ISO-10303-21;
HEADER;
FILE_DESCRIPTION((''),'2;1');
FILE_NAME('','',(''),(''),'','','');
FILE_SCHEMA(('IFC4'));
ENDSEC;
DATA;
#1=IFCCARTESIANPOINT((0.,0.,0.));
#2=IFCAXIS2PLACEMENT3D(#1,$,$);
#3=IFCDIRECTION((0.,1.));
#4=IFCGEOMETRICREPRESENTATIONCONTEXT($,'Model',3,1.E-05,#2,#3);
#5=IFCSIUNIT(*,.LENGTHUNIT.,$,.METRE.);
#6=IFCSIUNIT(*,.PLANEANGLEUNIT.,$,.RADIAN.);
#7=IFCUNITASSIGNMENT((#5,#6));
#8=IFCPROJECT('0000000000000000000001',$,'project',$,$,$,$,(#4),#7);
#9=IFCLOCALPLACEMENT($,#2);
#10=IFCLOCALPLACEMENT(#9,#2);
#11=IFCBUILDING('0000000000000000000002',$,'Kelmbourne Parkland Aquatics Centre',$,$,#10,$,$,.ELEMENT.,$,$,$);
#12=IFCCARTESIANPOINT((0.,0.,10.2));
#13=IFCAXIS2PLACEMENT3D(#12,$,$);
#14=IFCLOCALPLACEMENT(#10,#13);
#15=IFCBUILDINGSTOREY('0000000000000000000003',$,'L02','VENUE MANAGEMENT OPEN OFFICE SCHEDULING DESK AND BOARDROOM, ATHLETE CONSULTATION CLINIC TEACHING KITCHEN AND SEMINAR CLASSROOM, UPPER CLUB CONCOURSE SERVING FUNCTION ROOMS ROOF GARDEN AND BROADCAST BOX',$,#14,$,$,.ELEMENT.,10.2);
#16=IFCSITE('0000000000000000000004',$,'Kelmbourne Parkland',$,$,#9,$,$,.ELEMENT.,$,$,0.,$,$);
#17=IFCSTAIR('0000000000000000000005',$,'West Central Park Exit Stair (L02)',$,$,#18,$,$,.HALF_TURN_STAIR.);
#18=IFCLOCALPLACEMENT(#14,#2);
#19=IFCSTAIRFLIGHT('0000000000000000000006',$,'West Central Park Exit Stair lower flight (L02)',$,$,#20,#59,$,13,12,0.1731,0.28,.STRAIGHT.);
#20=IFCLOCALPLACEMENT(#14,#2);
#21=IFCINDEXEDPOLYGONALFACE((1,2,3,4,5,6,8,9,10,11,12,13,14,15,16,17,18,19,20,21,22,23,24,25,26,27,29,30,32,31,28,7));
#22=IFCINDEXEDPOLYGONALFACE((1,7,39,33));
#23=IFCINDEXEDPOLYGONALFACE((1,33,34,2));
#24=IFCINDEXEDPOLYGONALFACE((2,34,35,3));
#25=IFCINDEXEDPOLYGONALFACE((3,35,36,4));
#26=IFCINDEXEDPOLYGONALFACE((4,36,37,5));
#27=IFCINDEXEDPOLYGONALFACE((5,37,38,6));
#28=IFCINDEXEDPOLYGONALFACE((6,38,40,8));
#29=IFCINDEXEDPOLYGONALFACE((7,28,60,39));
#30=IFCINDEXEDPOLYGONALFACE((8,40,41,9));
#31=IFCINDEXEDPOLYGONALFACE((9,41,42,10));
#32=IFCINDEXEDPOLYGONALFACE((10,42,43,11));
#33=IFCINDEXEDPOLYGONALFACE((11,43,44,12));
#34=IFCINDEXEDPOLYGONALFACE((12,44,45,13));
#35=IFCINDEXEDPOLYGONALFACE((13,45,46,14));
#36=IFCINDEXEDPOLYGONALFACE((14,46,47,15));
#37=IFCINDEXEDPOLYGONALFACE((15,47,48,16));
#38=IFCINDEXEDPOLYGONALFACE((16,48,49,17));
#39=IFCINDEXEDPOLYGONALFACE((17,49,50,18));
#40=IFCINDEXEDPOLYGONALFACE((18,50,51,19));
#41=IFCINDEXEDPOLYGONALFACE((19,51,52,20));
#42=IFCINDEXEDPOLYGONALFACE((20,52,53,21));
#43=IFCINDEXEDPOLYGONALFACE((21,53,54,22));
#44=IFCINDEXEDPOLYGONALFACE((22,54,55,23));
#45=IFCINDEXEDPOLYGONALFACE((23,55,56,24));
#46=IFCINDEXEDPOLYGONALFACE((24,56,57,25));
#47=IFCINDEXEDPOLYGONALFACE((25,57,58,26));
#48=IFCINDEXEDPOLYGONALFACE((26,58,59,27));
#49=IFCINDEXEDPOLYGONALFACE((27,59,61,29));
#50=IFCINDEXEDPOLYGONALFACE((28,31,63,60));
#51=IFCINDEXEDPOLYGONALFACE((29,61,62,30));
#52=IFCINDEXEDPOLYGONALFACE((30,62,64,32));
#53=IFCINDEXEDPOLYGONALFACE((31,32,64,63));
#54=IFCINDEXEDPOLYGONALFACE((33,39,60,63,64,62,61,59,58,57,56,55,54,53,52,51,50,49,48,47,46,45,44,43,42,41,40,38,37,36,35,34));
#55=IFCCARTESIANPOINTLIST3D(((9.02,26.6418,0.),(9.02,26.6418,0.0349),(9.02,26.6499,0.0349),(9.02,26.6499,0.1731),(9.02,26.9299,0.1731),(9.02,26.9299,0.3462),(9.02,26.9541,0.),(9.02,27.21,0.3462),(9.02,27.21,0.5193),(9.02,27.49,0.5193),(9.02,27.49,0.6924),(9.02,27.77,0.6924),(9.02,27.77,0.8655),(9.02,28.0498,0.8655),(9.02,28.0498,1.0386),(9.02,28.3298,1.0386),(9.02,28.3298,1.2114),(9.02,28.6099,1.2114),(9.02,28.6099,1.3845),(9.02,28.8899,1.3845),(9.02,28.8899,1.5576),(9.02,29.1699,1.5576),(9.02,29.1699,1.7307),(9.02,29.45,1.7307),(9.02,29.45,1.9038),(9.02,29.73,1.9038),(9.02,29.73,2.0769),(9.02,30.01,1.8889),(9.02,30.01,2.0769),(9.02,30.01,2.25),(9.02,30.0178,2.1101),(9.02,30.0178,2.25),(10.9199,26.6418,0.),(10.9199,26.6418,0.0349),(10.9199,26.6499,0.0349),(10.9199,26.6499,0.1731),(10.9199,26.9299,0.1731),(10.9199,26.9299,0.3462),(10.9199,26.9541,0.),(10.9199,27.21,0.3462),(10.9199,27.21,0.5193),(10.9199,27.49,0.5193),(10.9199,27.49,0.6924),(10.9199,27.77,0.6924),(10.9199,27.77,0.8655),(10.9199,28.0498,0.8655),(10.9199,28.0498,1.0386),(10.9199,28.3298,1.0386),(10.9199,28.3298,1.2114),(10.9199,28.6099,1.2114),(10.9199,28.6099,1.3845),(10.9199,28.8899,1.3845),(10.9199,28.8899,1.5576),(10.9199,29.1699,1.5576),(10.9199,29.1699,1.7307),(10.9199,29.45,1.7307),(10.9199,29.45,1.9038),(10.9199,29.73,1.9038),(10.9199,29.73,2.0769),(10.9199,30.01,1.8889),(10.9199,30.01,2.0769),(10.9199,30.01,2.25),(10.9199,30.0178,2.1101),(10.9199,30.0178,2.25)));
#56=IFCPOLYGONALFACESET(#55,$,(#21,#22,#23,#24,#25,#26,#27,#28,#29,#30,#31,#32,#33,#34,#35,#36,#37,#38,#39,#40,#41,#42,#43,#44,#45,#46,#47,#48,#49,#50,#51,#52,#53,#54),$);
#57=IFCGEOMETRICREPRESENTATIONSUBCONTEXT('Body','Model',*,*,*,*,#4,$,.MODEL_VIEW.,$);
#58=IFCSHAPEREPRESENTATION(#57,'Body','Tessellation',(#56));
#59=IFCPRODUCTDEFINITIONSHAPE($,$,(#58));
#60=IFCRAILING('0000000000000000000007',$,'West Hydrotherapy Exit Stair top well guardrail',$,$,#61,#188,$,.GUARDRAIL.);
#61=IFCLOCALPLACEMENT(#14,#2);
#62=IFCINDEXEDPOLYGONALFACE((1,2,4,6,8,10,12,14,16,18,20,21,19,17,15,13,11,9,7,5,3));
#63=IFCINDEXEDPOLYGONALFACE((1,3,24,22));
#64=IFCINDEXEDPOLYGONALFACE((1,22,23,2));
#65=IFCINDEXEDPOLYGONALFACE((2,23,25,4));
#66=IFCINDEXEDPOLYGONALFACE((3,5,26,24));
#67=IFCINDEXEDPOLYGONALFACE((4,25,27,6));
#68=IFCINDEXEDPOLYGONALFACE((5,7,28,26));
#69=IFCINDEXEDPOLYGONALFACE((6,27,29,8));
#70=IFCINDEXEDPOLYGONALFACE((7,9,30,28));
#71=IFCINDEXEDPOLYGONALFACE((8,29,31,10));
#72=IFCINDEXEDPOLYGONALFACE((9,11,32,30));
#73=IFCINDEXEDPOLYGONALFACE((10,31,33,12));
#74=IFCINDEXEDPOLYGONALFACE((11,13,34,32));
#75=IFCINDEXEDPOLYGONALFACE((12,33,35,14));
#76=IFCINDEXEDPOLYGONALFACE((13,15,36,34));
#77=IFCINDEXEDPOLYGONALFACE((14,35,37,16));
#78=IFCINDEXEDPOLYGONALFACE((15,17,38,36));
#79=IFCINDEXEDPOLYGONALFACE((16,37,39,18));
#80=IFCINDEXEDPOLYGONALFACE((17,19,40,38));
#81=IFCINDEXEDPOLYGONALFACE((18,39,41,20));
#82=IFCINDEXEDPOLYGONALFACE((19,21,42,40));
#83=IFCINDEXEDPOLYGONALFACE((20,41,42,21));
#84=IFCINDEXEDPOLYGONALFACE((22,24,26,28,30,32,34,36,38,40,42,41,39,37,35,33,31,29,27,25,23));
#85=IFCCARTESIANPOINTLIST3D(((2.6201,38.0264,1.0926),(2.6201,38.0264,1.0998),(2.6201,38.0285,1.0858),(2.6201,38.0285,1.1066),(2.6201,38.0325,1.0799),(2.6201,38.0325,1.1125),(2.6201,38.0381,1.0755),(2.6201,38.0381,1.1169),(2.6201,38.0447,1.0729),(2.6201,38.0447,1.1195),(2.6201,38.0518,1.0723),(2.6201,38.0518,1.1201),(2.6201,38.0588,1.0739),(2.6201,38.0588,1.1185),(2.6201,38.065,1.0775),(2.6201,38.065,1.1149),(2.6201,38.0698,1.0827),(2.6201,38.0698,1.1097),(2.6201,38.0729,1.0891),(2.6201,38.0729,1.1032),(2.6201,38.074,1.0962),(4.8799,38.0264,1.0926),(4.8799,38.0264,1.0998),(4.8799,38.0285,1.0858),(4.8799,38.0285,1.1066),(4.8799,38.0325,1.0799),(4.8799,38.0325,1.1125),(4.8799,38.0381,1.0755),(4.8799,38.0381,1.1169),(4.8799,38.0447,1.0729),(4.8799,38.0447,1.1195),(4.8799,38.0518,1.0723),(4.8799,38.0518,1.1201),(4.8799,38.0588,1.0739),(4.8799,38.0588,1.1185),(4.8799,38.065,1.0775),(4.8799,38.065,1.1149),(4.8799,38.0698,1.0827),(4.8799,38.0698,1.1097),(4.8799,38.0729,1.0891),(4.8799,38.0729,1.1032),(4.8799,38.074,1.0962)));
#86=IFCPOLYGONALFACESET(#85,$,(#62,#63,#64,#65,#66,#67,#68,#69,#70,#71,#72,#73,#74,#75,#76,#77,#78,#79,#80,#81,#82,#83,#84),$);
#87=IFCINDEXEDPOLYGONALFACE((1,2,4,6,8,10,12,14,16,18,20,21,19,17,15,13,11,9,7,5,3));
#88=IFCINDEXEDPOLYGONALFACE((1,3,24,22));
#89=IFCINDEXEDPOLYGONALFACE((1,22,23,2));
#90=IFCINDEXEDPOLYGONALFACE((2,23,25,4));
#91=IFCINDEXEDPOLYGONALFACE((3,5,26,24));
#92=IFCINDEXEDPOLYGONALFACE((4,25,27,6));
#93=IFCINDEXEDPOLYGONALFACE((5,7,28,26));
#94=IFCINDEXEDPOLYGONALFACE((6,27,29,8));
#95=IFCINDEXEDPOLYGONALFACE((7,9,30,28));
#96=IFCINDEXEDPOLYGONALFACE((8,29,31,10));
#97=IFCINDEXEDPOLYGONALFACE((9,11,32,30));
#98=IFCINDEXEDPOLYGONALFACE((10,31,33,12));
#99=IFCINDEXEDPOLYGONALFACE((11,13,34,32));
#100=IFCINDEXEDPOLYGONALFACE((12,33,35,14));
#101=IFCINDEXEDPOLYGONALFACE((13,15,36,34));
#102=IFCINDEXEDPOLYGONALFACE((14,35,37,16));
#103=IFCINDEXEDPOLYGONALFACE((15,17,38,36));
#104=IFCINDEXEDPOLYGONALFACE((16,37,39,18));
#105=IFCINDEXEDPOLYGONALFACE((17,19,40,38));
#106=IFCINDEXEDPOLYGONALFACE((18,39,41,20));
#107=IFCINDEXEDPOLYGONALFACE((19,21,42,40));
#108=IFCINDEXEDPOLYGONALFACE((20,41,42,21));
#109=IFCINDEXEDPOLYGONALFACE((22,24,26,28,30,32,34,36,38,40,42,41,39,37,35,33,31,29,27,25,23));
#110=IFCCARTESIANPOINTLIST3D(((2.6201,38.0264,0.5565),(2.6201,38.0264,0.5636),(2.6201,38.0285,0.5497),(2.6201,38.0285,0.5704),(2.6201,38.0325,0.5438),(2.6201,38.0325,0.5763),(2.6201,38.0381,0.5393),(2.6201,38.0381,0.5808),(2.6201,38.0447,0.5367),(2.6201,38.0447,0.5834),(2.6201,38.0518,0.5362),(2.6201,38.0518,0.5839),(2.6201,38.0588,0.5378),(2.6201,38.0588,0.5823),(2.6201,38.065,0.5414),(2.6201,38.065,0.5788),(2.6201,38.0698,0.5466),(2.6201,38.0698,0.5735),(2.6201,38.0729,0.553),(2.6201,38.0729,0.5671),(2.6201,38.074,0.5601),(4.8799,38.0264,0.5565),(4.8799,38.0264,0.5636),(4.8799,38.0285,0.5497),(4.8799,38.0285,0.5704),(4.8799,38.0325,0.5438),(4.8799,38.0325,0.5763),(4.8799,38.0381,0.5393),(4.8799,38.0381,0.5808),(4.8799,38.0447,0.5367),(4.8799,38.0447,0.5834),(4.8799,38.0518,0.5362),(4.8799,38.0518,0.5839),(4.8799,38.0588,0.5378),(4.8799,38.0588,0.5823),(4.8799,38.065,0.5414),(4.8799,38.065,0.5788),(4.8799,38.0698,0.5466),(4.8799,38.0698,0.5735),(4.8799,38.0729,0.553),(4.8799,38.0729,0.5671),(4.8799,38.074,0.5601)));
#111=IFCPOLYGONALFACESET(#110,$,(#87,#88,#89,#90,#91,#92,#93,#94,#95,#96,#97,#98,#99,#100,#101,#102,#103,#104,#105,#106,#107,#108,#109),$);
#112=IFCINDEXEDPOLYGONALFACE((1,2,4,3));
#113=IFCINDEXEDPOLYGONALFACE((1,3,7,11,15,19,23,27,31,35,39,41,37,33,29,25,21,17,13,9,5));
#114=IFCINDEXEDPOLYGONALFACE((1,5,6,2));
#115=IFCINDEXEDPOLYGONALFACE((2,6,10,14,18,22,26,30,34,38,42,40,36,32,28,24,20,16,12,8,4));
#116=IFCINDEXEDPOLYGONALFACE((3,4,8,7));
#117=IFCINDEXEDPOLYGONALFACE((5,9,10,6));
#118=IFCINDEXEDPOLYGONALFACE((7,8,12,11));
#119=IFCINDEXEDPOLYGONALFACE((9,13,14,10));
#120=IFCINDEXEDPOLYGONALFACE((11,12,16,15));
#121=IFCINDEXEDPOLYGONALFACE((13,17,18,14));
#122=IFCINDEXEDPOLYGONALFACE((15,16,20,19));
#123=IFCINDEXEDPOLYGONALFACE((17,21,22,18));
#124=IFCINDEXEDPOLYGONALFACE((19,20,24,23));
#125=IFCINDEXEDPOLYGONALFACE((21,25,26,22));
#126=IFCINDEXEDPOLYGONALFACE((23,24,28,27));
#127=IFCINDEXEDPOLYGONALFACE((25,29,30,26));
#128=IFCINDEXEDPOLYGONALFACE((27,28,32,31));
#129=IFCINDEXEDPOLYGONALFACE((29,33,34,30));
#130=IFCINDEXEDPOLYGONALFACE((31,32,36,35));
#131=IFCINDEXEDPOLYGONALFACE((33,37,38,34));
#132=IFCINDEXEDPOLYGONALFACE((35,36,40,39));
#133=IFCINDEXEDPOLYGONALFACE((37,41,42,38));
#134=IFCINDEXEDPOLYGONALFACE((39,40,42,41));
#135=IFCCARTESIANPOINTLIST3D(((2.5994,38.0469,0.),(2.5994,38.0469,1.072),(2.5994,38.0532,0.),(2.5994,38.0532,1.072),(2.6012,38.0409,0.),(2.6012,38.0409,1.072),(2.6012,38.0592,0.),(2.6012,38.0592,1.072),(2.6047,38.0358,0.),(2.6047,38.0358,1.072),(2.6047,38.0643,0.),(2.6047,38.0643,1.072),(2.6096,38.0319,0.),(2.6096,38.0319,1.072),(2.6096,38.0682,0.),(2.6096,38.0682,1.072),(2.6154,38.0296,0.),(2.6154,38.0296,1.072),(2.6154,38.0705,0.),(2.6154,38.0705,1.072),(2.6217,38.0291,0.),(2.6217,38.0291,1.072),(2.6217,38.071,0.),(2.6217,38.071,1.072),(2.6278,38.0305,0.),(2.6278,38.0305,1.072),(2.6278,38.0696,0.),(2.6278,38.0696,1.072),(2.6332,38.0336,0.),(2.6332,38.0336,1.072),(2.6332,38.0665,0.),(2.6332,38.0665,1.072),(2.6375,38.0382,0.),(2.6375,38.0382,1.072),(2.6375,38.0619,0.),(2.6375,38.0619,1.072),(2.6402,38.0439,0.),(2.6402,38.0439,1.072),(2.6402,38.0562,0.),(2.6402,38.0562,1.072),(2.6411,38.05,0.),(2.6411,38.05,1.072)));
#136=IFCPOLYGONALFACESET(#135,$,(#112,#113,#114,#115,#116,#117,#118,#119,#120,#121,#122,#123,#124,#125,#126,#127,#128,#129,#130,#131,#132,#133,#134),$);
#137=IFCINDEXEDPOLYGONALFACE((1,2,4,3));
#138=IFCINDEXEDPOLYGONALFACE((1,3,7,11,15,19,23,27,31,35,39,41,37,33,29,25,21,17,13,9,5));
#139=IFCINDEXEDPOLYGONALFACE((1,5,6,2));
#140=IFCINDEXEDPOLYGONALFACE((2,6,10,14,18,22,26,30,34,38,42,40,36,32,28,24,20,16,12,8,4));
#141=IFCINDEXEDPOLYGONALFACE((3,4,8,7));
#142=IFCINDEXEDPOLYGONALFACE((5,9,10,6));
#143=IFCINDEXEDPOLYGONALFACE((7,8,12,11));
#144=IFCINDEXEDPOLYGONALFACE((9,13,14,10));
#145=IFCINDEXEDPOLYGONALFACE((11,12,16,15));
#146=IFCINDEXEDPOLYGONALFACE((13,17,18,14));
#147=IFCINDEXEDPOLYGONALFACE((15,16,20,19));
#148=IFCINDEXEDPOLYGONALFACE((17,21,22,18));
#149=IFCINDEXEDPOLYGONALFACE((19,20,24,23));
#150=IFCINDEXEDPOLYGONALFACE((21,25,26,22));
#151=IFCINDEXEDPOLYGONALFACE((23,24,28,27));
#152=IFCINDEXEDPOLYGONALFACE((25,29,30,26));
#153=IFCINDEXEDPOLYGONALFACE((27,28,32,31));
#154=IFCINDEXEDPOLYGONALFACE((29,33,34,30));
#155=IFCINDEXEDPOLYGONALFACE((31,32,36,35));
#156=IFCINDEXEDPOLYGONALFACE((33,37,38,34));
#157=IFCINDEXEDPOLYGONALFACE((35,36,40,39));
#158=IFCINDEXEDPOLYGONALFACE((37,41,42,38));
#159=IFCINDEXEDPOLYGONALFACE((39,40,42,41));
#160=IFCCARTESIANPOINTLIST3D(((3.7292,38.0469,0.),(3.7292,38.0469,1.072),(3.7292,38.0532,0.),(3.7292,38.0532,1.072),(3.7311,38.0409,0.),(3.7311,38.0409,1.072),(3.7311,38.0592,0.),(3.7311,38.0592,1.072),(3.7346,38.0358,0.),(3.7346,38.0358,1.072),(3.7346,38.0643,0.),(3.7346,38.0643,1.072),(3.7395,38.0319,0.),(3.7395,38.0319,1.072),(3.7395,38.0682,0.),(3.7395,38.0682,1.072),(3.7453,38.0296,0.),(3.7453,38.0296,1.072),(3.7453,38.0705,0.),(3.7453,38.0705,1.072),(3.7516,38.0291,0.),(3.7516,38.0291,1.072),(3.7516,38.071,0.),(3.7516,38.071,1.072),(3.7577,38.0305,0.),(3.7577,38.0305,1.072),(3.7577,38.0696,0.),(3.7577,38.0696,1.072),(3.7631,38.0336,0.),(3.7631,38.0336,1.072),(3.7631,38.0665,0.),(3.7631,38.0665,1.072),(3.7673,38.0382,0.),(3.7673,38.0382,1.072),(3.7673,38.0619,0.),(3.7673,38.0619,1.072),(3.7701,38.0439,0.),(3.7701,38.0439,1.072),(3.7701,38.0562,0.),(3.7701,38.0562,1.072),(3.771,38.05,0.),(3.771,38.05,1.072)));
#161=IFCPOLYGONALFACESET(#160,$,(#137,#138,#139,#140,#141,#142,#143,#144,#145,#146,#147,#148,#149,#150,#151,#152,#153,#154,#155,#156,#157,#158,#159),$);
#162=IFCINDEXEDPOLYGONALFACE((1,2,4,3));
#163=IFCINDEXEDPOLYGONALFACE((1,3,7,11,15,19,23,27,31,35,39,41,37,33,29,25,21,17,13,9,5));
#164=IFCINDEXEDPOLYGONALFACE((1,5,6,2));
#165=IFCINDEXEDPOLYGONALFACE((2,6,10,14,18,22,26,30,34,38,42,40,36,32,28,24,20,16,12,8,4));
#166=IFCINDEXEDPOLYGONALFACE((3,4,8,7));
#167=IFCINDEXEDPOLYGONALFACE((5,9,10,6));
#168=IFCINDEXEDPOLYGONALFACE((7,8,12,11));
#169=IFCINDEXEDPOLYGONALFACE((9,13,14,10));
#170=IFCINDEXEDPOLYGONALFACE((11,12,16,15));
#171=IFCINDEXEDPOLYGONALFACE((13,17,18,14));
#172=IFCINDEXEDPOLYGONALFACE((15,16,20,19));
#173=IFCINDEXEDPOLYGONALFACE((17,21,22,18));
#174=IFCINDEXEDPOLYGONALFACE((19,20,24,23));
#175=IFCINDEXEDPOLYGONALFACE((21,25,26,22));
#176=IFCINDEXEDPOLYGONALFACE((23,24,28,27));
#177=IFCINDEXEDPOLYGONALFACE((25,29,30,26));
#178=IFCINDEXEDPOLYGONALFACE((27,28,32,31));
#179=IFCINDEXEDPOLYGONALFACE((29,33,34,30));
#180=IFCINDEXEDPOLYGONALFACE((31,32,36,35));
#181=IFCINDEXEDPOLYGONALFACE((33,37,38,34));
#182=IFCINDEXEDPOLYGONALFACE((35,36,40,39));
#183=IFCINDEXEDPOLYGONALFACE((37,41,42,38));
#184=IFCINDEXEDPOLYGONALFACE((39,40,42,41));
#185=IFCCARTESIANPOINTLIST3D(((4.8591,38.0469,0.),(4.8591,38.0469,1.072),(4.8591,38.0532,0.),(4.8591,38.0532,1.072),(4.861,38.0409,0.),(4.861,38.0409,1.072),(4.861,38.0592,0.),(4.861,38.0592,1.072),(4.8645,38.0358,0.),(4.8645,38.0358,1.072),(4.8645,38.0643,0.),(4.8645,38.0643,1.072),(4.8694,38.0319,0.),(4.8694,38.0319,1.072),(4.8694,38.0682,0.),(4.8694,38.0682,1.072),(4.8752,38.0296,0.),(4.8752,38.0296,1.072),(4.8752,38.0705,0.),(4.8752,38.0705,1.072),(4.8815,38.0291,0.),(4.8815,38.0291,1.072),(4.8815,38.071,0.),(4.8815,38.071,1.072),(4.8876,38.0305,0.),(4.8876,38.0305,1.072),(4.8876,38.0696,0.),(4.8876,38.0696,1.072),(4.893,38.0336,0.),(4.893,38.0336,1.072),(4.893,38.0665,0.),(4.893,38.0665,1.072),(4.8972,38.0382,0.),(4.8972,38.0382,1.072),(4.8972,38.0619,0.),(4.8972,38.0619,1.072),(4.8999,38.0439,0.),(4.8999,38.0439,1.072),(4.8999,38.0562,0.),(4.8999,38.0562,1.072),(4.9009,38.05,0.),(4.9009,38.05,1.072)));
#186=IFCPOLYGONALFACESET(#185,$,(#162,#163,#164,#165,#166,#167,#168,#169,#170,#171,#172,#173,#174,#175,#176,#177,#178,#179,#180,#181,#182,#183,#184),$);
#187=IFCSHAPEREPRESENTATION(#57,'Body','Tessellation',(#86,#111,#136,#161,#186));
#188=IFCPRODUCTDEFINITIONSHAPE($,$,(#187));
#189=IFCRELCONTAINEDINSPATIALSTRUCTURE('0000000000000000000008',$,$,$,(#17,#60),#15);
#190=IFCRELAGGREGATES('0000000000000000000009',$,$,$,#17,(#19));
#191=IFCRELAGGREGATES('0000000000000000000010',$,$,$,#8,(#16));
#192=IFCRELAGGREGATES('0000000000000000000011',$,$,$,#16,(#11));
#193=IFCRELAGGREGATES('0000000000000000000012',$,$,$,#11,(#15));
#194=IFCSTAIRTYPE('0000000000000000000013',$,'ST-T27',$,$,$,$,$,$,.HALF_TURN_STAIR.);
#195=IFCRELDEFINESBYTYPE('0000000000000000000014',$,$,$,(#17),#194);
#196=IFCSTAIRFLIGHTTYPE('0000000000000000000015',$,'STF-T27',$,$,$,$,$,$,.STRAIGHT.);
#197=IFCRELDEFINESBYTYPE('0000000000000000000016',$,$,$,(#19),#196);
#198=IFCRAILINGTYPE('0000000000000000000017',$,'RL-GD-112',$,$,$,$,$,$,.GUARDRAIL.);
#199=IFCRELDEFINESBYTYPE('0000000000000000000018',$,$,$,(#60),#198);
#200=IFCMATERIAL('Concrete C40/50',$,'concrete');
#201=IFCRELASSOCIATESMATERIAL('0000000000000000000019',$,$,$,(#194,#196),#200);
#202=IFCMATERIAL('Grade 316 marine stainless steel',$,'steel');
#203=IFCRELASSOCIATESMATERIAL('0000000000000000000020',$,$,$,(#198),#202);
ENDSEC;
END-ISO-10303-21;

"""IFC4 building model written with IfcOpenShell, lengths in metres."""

from ifc_helpers import new_model, si_unit, direction, frame, origin, origin_2d, place, context, subcontext, project, spatial, polyline, circle, outline, extrude, material, type_object, element, aggregate, save


model = new_model("IFC4")

# Units and contexts
model_context = context("Model", 3, precision=1e-05, world=origin(), true_north=direction((0.0, 1.0)))
body_context = subcontext(model_context, "Body", "Model", "MODEL_VIEW")
ifc_project = project(units=[si_unit("LENGTHUNIT", "METRE"), si_unit("PLANEANGLEUNIT", "RADIAN")], contexts=[model_context])

# Site, building, storey
site_placement = place(None, origin())
site = spatial("IfcSite", under=ifc_project, at=site_placement, Name="Kelmbourne Parkland", CompositionType="ELEMENT", RefElevation=0.0)
building_placement = place(site_placement, origin())
building = spatial("IfcBuilding", under=site, at=building_placement, Name="Kelmbourne Parkland Aquatics Centre", CompositionType="ELEMENT")
storey_placement = place(building_placement, frame((0.0, 0.0, 10.2)))
storey = spatial("IfcBuildingStorey", under=building, at=storey_placement, Name="L02", Description="VENUE MANAGEMENT OPEN OFFICE SCHEDULING DESK AND BOARDROOM, ATHLETE CONSULTATION CLINIC TEACHING KITCHEN AND SEMINAR CLASSROOM, UPPER CLUB CONCOURSE SERVING FUNCTION ROOMS ROOF GARDEN AND BROADCAST BOX", CompositionType="ELEMENT", Elevation=10.2)

# Shared definitions
ifc_material_1 = material(Name="Concrete C40/50", Category="concrete")

# Stair, stair flight
stair_type = type_object("IfcStairType", Name="ST-T27", PredefinedType="HALF_TURN_STAIR", material=ifc_material_1)
stair_placement = place(storey_placement, origin())
stair = element("IfcStair", 1, at=stair_placement, inside=storey, type_object=stair_type, Name="West Central Park Exit Stair (L02)", PredefinedType="HALF_TURN_STAIR")
stair_flight_type = type_object("IfcStairFlightType", Name="STF-T27", PredefinedType="STRAIGHT", material=ifc_material_1)
stair_flight_placement = place(storey_placement, frame((9.97, 26.6499, 0.0), z_axis=(0.0, 0.0, 1.0), x_axis=(0.0, 1.0, 0.0)))
stair_flight = element("IfcStairFlight", 2, at=stair_flight_placement, type_object=stair_flight_type, Name="West Central Park Exit Stair lower flight (L02)", NumberOfRisers=13, NumberOfTreads=12, PredefinedType="STRAIGHT", RiserHeight=0.1731, TreadLength=0.28, context=body_context, shape_type="SweptSolid", body=[
    extrude(outline(polyline([(-0.0081, 0.0), (-0.0081, 0.0349), (0.0, 0.0349), (0.0, 0.1731), (0.28, 0.1731), (0.28, 0.3462), (0.5601, 0.3462), (0.5601, 0.5193), (0.8401, 0.5193), (0.8401, 0.6924), (1.1201, 0.6924), (1.1201, 0.8655), (1.3999, 0.8655), (1.3999, 1.0386), (1.6799, 1.0386), (1.6799, 1.2114), (1.96, 1.2114), (1.96, 1.3845), (2.24, 1.3845), (2.24, 1.5576), (2.52, 1.5576), (2.52, 1.7307), (2.8, 1.7307), (2.8, 1.9038), (3.0801, 1.9038), (3.0801, 2.0769), (3.3601, 2.0769), (3.3601, 2.25), (3.3679, 2.25), (3.3679, 2.1101), (3.3601, 1.8889), (0.3042, 0.0), (-0.0081, 0.0)])), frame((0.0, 0.95, 0.0), z_axis=(0.0, -1.0, 0.0), x_axis=(1.0, 0.0, 0.0)), (0.0, 0.0, 1.0), 1.8999),
])
aggregate(stair, [stair_flight])

# Railing
ifc_material_2 = material(Name="Grade 316 marine stainless steel", Category="steel")
railing_type_1 = type_object("IfcRailingType", Name="RL-GD-112", PredefinedType="GUARDRAIL", material=ifc_material_2)
railing_1_placement = place(storey_placement, frame((2.6201, 38.05, 0.0)))
element("IfcRailing", 3, at=railing_1_placement, inside=storey, type_object=railing_type_1, Name="West Hydrotherapy Exit Stair top well guardrail", PredefinedType="GUARDRAIL", context=body_context, shape_type="SweptSolid", body=[
    extrude(circle(Radius=0.0239, at=origin_2d()), frame((0.0, 0.0, 1.0962), z_axis=(1.0, 0.0, 0.0), x_axis=(0.0, 1.0, 0.0)), (0.0, 0.0, 1.0), 2.2598),
    extrude(circle(Radius=0.0239, at=origin_2d()), frame((0.0, 0.0, 0.5601), z_axis=(1.0, 0.0, 0.0), x_axis=(0.0, 1.0, 0.0)), (0.0, 0.0, 1.0), 2.2598),
    extrude(circle(Radius=0.021, at=origin_2d()), origin(), (0.0, 0.0, 1.0), 1.072),
    extrude(circle(Radius=0.021, at=origin_2d()), frame((1.1299, 0.0, 0.0)), (0.0, 0.0, 1.0), 1.072),
    extrude(circle(Radius=0.021, at=origin_2d()), frame((2.2598, 0.0, 0.0)), (0.0, 0.0, 1.0), 1.072),
])

save(model, "model.ifc")
